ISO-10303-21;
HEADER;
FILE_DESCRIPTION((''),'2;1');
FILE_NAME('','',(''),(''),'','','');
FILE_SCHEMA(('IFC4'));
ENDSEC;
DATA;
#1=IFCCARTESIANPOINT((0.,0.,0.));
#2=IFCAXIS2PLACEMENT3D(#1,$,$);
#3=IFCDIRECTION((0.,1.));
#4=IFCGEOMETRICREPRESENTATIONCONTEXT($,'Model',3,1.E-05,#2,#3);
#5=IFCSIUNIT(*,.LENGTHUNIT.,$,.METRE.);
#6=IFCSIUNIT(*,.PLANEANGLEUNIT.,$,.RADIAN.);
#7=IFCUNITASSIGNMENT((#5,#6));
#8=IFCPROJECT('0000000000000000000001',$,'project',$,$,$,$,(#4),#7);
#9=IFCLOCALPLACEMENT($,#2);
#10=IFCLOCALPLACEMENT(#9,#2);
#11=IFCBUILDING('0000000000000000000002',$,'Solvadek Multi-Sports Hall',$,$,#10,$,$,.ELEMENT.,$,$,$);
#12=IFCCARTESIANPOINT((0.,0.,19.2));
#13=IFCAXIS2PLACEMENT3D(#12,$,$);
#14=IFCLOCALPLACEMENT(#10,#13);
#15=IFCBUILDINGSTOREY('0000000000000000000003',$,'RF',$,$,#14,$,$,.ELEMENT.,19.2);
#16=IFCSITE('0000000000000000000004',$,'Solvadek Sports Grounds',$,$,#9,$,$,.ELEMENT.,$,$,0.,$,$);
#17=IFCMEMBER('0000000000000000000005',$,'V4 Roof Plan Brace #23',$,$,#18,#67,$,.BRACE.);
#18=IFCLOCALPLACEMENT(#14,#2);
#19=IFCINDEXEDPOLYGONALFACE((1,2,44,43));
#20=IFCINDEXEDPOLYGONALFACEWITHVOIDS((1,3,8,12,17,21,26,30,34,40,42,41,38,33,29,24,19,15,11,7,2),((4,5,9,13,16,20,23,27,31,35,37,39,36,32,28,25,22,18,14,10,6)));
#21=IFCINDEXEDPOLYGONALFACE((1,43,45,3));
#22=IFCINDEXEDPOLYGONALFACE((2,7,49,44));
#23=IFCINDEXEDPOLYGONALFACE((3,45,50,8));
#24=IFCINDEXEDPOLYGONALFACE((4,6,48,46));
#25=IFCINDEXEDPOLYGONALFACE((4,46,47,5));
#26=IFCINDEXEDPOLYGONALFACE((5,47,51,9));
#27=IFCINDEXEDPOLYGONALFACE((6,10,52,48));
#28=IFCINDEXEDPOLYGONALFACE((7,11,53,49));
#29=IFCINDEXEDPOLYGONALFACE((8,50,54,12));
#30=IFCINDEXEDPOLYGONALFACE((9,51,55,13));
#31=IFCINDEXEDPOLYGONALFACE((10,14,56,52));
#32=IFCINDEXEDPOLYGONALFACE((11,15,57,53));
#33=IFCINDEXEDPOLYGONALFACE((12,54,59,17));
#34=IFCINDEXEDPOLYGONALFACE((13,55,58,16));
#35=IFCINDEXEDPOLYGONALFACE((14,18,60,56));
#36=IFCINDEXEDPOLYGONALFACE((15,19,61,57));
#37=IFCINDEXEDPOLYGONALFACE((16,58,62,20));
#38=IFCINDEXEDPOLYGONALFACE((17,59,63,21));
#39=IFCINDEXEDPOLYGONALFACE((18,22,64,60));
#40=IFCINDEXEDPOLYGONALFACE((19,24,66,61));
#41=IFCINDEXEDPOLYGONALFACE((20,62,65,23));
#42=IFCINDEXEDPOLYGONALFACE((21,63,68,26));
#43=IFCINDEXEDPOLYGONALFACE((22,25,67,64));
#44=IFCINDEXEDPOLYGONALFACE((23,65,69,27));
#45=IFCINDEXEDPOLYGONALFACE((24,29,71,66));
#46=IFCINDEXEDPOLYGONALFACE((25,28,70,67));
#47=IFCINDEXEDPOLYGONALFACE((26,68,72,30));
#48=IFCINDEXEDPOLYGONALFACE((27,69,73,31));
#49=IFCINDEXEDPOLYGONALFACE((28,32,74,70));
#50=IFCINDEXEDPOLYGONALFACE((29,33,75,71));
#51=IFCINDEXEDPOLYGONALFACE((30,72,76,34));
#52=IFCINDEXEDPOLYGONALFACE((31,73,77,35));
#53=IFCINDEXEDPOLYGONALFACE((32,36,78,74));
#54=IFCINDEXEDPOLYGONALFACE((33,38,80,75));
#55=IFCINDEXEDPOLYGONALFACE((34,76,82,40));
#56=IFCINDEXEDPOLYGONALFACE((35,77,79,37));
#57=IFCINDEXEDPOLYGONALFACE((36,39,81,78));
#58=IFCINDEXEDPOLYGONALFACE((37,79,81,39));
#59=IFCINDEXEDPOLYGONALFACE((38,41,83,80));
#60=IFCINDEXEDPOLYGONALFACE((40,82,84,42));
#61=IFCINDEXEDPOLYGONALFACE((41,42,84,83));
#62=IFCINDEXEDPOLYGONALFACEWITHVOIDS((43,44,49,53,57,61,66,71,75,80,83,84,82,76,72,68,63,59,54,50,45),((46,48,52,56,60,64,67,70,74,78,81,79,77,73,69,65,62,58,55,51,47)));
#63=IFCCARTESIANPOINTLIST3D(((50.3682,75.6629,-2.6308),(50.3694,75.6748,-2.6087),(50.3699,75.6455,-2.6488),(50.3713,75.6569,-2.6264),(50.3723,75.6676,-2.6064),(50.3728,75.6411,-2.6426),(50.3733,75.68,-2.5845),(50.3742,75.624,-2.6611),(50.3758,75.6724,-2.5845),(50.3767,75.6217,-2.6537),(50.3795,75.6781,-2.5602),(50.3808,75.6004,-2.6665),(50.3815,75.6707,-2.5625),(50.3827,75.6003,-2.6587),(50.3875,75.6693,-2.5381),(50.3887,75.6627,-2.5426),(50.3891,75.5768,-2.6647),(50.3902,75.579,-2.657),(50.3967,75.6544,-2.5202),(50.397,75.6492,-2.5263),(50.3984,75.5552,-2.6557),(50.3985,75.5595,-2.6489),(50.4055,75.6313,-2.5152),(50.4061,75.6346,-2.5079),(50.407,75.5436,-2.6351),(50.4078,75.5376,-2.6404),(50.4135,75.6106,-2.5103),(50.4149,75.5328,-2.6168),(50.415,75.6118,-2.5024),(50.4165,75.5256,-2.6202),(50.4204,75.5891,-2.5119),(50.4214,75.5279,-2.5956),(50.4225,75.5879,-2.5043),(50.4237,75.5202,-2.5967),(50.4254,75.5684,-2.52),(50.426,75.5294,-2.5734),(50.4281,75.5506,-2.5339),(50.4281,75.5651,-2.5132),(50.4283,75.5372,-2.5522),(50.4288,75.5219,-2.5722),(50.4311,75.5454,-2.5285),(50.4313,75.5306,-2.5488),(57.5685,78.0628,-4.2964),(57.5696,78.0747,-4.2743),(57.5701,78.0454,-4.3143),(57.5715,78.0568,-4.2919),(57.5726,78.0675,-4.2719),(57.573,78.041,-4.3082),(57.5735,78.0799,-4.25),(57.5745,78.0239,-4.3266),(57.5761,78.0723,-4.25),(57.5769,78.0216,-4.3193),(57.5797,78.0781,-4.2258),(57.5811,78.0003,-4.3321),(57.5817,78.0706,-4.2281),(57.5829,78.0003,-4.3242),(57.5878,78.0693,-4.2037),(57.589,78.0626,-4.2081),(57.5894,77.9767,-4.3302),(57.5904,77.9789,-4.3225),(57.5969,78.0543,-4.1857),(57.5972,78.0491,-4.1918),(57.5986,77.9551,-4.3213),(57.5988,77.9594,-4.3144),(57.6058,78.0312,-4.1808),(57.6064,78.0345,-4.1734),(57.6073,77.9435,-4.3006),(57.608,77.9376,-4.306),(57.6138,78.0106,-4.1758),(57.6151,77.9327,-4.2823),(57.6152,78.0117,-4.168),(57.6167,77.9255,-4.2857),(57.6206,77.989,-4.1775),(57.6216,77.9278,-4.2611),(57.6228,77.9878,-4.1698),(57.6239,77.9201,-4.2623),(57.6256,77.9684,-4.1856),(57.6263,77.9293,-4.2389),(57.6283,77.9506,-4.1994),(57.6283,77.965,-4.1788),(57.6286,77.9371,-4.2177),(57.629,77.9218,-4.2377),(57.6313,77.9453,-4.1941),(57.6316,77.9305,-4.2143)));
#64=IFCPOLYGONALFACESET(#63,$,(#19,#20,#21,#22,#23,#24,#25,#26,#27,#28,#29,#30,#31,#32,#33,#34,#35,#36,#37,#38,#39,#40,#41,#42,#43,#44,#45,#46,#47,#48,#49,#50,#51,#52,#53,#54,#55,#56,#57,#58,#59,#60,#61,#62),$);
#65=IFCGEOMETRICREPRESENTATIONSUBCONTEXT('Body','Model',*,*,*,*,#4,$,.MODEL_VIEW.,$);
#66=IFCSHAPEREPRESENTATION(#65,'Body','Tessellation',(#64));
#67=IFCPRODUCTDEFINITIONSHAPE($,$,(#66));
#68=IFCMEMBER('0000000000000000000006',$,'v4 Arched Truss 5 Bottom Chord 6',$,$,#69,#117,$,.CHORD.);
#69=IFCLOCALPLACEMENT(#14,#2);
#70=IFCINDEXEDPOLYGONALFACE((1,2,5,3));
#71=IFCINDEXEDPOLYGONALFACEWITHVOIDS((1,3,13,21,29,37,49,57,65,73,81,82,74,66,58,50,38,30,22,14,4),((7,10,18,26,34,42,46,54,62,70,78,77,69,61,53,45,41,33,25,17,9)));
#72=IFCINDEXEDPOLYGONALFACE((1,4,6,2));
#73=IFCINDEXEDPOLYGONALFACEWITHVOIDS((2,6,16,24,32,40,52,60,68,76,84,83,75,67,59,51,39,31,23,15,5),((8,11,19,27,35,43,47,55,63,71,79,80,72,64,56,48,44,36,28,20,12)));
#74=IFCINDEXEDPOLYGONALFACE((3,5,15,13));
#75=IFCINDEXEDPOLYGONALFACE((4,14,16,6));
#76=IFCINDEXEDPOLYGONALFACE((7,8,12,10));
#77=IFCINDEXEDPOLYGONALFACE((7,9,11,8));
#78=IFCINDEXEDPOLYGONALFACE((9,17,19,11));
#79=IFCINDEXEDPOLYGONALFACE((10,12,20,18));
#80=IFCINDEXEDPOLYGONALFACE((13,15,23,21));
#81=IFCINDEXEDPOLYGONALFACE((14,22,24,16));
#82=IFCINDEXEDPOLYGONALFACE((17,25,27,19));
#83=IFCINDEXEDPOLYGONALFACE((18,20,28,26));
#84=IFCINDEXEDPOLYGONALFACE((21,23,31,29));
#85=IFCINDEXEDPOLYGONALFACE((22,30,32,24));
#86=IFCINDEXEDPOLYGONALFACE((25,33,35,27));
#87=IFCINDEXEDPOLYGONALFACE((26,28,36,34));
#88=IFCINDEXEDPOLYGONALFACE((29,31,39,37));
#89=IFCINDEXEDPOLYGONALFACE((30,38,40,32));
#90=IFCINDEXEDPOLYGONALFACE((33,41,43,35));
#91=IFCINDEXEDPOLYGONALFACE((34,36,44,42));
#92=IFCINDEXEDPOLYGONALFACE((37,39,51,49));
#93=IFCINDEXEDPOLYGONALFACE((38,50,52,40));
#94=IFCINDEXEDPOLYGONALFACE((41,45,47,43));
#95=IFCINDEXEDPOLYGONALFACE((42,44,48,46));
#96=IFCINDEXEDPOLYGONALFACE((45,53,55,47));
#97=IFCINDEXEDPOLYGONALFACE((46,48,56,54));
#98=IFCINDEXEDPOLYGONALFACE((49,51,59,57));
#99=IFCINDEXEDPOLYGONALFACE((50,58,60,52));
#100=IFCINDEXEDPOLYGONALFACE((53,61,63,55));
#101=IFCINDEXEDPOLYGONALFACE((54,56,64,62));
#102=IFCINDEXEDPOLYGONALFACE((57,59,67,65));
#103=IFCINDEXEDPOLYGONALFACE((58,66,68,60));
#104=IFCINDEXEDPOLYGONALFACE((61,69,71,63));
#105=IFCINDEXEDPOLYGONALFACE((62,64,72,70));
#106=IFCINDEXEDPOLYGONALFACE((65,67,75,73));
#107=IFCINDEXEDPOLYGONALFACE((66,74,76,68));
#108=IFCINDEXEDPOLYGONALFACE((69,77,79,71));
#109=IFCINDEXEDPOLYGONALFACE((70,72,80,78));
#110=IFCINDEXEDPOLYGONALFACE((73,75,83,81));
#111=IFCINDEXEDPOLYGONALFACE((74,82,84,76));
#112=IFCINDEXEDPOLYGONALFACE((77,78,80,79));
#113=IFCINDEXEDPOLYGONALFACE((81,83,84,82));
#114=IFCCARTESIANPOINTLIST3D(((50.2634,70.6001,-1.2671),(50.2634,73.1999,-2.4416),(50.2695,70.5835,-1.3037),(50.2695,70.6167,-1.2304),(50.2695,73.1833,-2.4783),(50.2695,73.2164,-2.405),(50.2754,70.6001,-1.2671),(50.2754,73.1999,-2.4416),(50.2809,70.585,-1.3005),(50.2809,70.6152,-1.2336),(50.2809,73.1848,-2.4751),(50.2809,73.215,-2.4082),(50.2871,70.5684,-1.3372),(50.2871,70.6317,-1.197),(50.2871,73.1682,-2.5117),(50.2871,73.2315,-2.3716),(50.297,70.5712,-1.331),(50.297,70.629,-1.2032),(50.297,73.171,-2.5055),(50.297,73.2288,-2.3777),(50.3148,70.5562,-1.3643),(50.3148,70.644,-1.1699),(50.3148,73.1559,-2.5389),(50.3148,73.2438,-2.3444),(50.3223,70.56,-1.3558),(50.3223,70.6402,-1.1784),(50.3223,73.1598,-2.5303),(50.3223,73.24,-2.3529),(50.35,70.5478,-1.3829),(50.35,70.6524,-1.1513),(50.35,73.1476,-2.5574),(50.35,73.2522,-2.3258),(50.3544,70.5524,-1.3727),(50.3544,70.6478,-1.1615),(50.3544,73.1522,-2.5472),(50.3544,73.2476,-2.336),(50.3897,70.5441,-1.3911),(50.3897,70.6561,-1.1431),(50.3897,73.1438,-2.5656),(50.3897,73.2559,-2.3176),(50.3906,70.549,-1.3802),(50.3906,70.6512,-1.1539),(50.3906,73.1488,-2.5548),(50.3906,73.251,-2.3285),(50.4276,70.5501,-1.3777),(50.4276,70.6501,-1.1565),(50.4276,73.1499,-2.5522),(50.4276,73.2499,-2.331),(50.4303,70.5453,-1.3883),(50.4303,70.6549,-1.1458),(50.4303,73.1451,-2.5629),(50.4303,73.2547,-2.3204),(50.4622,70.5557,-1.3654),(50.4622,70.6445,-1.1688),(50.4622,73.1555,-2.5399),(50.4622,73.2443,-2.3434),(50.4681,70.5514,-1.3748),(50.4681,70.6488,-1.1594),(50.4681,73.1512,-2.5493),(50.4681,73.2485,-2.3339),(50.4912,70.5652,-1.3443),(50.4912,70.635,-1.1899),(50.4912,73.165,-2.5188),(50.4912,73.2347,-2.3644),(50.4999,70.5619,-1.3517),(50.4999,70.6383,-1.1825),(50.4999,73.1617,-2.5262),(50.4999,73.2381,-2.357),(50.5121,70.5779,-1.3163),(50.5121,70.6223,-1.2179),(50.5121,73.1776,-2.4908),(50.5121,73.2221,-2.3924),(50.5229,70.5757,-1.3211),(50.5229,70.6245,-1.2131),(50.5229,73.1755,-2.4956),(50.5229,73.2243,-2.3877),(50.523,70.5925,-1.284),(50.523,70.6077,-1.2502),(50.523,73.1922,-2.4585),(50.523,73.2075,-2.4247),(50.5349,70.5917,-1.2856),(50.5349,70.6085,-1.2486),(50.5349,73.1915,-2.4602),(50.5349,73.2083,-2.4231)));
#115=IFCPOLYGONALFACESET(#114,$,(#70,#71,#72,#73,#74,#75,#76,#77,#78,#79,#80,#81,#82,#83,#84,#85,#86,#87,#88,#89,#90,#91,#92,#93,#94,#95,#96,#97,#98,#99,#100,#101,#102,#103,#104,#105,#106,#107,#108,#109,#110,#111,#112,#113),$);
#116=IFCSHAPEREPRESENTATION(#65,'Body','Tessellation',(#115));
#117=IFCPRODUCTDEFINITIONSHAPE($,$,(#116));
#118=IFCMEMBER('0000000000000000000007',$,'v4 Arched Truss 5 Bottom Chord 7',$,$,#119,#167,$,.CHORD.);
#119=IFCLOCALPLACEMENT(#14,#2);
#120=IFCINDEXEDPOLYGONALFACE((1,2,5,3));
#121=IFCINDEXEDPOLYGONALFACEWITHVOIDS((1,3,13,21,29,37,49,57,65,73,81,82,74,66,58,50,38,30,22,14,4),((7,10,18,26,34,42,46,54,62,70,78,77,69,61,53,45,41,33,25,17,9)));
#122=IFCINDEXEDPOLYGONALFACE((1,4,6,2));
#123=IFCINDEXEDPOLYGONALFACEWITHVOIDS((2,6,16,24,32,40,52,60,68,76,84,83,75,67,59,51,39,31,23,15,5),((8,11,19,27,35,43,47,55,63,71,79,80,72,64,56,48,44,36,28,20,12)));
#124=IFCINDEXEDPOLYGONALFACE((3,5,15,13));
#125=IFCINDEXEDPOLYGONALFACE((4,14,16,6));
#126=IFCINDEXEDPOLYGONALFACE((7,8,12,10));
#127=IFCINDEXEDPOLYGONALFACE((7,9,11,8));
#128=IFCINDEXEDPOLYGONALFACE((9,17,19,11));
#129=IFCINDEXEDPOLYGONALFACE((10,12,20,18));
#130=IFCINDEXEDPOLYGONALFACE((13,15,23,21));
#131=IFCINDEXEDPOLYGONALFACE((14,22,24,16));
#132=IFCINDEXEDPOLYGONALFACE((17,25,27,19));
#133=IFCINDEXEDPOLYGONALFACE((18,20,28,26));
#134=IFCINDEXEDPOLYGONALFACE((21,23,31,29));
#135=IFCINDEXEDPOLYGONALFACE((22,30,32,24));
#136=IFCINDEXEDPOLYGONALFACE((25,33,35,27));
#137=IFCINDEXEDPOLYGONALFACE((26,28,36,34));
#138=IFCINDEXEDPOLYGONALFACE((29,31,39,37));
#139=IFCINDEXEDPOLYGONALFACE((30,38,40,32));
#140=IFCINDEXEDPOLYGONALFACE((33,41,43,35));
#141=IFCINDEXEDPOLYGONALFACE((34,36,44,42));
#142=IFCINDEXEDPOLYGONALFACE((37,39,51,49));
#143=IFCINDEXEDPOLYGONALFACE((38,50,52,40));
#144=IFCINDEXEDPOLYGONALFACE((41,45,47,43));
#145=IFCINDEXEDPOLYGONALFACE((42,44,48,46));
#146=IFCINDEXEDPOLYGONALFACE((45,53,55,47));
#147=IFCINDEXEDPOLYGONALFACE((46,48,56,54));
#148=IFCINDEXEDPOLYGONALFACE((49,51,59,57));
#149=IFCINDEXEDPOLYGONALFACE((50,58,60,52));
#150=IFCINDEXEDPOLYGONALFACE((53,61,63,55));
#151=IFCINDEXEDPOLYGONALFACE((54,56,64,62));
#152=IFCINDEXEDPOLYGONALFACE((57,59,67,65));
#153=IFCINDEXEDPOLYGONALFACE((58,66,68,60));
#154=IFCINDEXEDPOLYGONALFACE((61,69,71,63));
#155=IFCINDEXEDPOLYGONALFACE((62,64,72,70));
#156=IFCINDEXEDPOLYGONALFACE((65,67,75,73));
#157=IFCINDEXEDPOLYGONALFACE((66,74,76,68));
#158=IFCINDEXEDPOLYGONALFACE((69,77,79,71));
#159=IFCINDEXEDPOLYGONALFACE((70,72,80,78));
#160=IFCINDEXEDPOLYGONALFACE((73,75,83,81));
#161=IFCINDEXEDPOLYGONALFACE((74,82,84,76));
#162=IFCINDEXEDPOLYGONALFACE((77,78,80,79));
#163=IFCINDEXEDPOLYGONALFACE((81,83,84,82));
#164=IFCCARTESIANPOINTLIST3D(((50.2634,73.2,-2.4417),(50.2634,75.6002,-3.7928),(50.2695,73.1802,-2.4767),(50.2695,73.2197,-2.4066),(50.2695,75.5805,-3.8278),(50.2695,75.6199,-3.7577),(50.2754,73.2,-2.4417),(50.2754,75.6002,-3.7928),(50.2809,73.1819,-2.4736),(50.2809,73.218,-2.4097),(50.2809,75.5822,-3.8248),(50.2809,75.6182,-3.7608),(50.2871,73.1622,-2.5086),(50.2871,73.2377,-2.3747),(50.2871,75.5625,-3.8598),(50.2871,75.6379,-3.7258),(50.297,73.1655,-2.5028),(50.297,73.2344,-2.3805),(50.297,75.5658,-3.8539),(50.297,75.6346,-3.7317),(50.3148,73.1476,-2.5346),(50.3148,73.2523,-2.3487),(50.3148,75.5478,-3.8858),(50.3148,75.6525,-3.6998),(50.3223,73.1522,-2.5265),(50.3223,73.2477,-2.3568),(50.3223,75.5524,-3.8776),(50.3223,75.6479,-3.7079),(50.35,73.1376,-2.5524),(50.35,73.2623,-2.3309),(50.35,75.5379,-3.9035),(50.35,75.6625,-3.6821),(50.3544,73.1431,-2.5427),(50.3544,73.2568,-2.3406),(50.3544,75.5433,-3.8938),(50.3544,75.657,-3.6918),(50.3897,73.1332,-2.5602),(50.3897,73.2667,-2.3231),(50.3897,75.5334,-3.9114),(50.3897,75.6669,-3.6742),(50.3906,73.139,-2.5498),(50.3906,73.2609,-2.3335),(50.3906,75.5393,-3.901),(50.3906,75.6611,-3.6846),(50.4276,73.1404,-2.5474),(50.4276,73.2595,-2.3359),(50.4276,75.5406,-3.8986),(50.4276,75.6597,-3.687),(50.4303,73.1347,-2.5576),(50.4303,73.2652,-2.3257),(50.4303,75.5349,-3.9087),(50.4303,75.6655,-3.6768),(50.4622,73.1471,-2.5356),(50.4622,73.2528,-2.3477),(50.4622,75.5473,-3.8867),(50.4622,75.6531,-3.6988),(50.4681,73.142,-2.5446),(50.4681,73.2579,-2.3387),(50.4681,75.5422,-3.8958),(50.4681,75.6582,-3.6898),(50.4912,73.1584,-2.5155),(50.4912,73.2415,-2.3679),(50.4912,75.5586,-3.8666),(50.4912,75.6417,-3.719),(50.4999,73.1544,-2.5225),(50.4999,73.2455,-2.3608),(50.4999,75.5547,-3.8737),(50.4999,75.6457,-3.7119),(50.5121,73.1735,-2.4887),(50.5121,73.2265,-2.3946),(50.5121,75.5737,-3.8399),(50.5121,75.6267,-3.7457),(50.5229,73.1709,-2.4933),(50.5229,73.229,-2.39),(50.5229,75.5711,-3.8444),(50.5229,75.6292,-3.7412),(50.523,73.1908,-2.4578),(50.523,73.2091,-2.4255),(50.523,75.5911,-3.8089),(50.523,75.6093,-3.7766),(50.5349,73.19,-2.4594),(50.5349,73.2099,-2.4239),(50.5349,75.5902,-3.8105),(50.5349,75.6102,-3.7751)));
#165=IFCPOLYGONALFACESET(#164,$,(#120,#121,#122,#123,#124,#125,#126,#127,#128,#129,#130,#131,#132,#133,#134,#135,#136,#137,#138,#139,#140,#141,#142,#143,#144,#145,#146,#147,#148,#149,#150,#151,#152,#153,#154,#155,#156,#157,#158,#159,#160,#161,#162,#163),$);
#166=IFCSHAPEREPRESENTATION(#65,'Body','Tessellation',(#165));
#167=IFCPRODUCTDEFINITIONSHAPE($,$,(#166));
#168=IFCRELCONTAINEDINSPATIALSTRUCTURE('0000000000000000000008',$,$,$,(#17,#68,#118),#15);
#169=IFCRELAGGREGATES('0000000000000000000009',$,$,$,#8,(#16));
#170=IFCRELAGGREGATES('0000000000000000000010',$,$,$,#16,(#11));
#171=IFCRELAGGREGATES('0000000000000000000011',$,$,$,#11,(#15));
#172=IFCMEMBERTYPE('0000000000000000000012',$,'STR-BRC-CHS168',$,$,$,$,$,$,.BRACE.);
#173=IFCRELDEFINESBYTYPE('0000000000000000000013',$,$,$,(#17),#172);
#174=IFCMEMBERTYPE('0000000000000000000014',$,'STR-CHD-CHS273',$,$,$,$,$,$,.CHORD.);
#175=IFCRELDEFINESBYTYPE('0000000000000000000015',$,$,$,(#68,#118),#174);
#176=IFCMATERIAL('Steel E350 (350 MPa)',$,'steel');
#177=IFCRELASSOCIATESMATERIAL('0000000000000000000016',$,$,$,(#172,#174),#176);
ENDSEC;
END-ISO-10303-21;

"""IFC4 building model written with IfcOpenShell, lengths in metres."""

from ifc_helpers import new_model, si_unit, direction, frame, origin, origin_2d, place, context, subcontext, project, spatial, hollow_circle, extrude, material, material_profile, profile_set, type_object, element, save


model = new_model("IFC4")

# Units and contexts
model_context = context("Model", 3, precision=1e-05, world=origin(), true_north=direction((0.0, 1.0)))
body_context = subcontext(model_context, "Body", "Model", "MODEL_VIEW")
ifc_project = project(units=[si_unit("LENGTHUNIT", "METRE"), si_unit("PLANEANGLEUNIT", "RADIAN")], contexts=[model_context])

# Site, building, storey
site_placement = place(None, origin())
site = spatial("IfcSite", under=ifc_project, at=site_placement, Name="Solvadek Sports Grounds", CompositionType="ELEMENT", RefElevation=0.0)
building_placement = place(site_placement, origin())
building = spatial("IfcBuilding", under=site, at=building_placement, Name="Solvadek Multi-Sports Hall", CompositionType="ELEMENT")
storey_placement = place(building_placement, frame((0.0, 0.0, 19.2)))
storey = spatial("IfcBuildingStorey", under=building, at=storey_placement, Name="RF", CompositionType="ELEMENT", Elevation=19.2)

# Shared definitions
ifc_material_1 = material(Name="Steel E350 (350 MPa)", Category="steel")

# Members
ifc_material_profile_1 = material_profile(ifc_material_1, hollow_circle(Radius=0.0842, WallThickness=0.0081, at=origin_2d()), Name="CHS 168.3x8")
ifc_profile_set_1 = profile_set([ifc_material_profile_1], Name="Steel E350 (350 MPa)")
member_type_1 = type_object("IfcMemberType", Name="STR-BRC-CHS168", PredefinedType="BRACE", material=ifc_profile_set_1)
member_1_placement = place(storey_placement, frame((50.3999, 75.6001, -2.5845), z_axis=(0.92664, 0.308859, -0.214348), x_axis=(-0.316208, 0.94869, 0.0)))
element("IfcMember", 1, at=member_1_placement, inside=storey, type_object=member_type_1, Name="V4 Roof Plan Brace #23", PredefinedType="BRACE", context=body_context, shape_type="SweptSolid", body=[
    extrude(hollow_circle(Radius=0.0842, WallThickness=0.0081, at=origin_2d()), origin(), (0.0, 0.0, 1.0), 7.7703),
])
ifc_material_profile_2 = material_profile(ifc_material_1, hollow_circle(Radius=0.1365, WallThickness=0.012, at=origin_2d()), Name="CHS 273.0x12")
ifc_profile_set_2 = profile_set([ifc_material_profile_2], Name="Steel E350 (350 MPa)")
member_type_2 = type_object("IfcMemberType", Name="STR-CHD-CHS273", PredefinedType="CHORD", material=ifc_profile_set_2)
member_2_placement = place(storey_placement, frame((50.3999, 70.6001, -1.2671), z_axis=(0.0, 0.911314, -0.411713), x_axis=(-1.0, 0.0, 0.0)))
element("IfcMember", 2, at=member_2_placement, inside=storey, type_object=member_type_2, Name="v4 Arched Truss 5 Bottom Chord 6", PredefinedType="CHORD", context=body_context, shape_type="SweptSolid", body=[
    extrude(hollow_circle(Radius=0.1365, WallThickness=0.012, at=origin_2d()), origin(), (0.0, 0.0, 1.0), 2.8528),
])
member_3_placement = place(storey_placement, frame((50.3999, 73.2, -2.4417), z_axis=(0.0, 0.871422, -0.490535), x_axis=(-1.0, 0.0, 0.0)))
element("IfcMember", 3, at=member_3_placement, inside=storey, type_object=member_type_2, Name="v4 Arched Truss 5 Bottom Chord 7", PredefinedType="CHORD", context=body_context, shape_type="SweptSolid", body=[
    extrude(hollow_circle(Radius=0.1365, WallThickness=0.012, at=origin_2d()), origin(), (0.0, 0.0, 1.0), 2.7544),
])

save(model, "model.ifc")
